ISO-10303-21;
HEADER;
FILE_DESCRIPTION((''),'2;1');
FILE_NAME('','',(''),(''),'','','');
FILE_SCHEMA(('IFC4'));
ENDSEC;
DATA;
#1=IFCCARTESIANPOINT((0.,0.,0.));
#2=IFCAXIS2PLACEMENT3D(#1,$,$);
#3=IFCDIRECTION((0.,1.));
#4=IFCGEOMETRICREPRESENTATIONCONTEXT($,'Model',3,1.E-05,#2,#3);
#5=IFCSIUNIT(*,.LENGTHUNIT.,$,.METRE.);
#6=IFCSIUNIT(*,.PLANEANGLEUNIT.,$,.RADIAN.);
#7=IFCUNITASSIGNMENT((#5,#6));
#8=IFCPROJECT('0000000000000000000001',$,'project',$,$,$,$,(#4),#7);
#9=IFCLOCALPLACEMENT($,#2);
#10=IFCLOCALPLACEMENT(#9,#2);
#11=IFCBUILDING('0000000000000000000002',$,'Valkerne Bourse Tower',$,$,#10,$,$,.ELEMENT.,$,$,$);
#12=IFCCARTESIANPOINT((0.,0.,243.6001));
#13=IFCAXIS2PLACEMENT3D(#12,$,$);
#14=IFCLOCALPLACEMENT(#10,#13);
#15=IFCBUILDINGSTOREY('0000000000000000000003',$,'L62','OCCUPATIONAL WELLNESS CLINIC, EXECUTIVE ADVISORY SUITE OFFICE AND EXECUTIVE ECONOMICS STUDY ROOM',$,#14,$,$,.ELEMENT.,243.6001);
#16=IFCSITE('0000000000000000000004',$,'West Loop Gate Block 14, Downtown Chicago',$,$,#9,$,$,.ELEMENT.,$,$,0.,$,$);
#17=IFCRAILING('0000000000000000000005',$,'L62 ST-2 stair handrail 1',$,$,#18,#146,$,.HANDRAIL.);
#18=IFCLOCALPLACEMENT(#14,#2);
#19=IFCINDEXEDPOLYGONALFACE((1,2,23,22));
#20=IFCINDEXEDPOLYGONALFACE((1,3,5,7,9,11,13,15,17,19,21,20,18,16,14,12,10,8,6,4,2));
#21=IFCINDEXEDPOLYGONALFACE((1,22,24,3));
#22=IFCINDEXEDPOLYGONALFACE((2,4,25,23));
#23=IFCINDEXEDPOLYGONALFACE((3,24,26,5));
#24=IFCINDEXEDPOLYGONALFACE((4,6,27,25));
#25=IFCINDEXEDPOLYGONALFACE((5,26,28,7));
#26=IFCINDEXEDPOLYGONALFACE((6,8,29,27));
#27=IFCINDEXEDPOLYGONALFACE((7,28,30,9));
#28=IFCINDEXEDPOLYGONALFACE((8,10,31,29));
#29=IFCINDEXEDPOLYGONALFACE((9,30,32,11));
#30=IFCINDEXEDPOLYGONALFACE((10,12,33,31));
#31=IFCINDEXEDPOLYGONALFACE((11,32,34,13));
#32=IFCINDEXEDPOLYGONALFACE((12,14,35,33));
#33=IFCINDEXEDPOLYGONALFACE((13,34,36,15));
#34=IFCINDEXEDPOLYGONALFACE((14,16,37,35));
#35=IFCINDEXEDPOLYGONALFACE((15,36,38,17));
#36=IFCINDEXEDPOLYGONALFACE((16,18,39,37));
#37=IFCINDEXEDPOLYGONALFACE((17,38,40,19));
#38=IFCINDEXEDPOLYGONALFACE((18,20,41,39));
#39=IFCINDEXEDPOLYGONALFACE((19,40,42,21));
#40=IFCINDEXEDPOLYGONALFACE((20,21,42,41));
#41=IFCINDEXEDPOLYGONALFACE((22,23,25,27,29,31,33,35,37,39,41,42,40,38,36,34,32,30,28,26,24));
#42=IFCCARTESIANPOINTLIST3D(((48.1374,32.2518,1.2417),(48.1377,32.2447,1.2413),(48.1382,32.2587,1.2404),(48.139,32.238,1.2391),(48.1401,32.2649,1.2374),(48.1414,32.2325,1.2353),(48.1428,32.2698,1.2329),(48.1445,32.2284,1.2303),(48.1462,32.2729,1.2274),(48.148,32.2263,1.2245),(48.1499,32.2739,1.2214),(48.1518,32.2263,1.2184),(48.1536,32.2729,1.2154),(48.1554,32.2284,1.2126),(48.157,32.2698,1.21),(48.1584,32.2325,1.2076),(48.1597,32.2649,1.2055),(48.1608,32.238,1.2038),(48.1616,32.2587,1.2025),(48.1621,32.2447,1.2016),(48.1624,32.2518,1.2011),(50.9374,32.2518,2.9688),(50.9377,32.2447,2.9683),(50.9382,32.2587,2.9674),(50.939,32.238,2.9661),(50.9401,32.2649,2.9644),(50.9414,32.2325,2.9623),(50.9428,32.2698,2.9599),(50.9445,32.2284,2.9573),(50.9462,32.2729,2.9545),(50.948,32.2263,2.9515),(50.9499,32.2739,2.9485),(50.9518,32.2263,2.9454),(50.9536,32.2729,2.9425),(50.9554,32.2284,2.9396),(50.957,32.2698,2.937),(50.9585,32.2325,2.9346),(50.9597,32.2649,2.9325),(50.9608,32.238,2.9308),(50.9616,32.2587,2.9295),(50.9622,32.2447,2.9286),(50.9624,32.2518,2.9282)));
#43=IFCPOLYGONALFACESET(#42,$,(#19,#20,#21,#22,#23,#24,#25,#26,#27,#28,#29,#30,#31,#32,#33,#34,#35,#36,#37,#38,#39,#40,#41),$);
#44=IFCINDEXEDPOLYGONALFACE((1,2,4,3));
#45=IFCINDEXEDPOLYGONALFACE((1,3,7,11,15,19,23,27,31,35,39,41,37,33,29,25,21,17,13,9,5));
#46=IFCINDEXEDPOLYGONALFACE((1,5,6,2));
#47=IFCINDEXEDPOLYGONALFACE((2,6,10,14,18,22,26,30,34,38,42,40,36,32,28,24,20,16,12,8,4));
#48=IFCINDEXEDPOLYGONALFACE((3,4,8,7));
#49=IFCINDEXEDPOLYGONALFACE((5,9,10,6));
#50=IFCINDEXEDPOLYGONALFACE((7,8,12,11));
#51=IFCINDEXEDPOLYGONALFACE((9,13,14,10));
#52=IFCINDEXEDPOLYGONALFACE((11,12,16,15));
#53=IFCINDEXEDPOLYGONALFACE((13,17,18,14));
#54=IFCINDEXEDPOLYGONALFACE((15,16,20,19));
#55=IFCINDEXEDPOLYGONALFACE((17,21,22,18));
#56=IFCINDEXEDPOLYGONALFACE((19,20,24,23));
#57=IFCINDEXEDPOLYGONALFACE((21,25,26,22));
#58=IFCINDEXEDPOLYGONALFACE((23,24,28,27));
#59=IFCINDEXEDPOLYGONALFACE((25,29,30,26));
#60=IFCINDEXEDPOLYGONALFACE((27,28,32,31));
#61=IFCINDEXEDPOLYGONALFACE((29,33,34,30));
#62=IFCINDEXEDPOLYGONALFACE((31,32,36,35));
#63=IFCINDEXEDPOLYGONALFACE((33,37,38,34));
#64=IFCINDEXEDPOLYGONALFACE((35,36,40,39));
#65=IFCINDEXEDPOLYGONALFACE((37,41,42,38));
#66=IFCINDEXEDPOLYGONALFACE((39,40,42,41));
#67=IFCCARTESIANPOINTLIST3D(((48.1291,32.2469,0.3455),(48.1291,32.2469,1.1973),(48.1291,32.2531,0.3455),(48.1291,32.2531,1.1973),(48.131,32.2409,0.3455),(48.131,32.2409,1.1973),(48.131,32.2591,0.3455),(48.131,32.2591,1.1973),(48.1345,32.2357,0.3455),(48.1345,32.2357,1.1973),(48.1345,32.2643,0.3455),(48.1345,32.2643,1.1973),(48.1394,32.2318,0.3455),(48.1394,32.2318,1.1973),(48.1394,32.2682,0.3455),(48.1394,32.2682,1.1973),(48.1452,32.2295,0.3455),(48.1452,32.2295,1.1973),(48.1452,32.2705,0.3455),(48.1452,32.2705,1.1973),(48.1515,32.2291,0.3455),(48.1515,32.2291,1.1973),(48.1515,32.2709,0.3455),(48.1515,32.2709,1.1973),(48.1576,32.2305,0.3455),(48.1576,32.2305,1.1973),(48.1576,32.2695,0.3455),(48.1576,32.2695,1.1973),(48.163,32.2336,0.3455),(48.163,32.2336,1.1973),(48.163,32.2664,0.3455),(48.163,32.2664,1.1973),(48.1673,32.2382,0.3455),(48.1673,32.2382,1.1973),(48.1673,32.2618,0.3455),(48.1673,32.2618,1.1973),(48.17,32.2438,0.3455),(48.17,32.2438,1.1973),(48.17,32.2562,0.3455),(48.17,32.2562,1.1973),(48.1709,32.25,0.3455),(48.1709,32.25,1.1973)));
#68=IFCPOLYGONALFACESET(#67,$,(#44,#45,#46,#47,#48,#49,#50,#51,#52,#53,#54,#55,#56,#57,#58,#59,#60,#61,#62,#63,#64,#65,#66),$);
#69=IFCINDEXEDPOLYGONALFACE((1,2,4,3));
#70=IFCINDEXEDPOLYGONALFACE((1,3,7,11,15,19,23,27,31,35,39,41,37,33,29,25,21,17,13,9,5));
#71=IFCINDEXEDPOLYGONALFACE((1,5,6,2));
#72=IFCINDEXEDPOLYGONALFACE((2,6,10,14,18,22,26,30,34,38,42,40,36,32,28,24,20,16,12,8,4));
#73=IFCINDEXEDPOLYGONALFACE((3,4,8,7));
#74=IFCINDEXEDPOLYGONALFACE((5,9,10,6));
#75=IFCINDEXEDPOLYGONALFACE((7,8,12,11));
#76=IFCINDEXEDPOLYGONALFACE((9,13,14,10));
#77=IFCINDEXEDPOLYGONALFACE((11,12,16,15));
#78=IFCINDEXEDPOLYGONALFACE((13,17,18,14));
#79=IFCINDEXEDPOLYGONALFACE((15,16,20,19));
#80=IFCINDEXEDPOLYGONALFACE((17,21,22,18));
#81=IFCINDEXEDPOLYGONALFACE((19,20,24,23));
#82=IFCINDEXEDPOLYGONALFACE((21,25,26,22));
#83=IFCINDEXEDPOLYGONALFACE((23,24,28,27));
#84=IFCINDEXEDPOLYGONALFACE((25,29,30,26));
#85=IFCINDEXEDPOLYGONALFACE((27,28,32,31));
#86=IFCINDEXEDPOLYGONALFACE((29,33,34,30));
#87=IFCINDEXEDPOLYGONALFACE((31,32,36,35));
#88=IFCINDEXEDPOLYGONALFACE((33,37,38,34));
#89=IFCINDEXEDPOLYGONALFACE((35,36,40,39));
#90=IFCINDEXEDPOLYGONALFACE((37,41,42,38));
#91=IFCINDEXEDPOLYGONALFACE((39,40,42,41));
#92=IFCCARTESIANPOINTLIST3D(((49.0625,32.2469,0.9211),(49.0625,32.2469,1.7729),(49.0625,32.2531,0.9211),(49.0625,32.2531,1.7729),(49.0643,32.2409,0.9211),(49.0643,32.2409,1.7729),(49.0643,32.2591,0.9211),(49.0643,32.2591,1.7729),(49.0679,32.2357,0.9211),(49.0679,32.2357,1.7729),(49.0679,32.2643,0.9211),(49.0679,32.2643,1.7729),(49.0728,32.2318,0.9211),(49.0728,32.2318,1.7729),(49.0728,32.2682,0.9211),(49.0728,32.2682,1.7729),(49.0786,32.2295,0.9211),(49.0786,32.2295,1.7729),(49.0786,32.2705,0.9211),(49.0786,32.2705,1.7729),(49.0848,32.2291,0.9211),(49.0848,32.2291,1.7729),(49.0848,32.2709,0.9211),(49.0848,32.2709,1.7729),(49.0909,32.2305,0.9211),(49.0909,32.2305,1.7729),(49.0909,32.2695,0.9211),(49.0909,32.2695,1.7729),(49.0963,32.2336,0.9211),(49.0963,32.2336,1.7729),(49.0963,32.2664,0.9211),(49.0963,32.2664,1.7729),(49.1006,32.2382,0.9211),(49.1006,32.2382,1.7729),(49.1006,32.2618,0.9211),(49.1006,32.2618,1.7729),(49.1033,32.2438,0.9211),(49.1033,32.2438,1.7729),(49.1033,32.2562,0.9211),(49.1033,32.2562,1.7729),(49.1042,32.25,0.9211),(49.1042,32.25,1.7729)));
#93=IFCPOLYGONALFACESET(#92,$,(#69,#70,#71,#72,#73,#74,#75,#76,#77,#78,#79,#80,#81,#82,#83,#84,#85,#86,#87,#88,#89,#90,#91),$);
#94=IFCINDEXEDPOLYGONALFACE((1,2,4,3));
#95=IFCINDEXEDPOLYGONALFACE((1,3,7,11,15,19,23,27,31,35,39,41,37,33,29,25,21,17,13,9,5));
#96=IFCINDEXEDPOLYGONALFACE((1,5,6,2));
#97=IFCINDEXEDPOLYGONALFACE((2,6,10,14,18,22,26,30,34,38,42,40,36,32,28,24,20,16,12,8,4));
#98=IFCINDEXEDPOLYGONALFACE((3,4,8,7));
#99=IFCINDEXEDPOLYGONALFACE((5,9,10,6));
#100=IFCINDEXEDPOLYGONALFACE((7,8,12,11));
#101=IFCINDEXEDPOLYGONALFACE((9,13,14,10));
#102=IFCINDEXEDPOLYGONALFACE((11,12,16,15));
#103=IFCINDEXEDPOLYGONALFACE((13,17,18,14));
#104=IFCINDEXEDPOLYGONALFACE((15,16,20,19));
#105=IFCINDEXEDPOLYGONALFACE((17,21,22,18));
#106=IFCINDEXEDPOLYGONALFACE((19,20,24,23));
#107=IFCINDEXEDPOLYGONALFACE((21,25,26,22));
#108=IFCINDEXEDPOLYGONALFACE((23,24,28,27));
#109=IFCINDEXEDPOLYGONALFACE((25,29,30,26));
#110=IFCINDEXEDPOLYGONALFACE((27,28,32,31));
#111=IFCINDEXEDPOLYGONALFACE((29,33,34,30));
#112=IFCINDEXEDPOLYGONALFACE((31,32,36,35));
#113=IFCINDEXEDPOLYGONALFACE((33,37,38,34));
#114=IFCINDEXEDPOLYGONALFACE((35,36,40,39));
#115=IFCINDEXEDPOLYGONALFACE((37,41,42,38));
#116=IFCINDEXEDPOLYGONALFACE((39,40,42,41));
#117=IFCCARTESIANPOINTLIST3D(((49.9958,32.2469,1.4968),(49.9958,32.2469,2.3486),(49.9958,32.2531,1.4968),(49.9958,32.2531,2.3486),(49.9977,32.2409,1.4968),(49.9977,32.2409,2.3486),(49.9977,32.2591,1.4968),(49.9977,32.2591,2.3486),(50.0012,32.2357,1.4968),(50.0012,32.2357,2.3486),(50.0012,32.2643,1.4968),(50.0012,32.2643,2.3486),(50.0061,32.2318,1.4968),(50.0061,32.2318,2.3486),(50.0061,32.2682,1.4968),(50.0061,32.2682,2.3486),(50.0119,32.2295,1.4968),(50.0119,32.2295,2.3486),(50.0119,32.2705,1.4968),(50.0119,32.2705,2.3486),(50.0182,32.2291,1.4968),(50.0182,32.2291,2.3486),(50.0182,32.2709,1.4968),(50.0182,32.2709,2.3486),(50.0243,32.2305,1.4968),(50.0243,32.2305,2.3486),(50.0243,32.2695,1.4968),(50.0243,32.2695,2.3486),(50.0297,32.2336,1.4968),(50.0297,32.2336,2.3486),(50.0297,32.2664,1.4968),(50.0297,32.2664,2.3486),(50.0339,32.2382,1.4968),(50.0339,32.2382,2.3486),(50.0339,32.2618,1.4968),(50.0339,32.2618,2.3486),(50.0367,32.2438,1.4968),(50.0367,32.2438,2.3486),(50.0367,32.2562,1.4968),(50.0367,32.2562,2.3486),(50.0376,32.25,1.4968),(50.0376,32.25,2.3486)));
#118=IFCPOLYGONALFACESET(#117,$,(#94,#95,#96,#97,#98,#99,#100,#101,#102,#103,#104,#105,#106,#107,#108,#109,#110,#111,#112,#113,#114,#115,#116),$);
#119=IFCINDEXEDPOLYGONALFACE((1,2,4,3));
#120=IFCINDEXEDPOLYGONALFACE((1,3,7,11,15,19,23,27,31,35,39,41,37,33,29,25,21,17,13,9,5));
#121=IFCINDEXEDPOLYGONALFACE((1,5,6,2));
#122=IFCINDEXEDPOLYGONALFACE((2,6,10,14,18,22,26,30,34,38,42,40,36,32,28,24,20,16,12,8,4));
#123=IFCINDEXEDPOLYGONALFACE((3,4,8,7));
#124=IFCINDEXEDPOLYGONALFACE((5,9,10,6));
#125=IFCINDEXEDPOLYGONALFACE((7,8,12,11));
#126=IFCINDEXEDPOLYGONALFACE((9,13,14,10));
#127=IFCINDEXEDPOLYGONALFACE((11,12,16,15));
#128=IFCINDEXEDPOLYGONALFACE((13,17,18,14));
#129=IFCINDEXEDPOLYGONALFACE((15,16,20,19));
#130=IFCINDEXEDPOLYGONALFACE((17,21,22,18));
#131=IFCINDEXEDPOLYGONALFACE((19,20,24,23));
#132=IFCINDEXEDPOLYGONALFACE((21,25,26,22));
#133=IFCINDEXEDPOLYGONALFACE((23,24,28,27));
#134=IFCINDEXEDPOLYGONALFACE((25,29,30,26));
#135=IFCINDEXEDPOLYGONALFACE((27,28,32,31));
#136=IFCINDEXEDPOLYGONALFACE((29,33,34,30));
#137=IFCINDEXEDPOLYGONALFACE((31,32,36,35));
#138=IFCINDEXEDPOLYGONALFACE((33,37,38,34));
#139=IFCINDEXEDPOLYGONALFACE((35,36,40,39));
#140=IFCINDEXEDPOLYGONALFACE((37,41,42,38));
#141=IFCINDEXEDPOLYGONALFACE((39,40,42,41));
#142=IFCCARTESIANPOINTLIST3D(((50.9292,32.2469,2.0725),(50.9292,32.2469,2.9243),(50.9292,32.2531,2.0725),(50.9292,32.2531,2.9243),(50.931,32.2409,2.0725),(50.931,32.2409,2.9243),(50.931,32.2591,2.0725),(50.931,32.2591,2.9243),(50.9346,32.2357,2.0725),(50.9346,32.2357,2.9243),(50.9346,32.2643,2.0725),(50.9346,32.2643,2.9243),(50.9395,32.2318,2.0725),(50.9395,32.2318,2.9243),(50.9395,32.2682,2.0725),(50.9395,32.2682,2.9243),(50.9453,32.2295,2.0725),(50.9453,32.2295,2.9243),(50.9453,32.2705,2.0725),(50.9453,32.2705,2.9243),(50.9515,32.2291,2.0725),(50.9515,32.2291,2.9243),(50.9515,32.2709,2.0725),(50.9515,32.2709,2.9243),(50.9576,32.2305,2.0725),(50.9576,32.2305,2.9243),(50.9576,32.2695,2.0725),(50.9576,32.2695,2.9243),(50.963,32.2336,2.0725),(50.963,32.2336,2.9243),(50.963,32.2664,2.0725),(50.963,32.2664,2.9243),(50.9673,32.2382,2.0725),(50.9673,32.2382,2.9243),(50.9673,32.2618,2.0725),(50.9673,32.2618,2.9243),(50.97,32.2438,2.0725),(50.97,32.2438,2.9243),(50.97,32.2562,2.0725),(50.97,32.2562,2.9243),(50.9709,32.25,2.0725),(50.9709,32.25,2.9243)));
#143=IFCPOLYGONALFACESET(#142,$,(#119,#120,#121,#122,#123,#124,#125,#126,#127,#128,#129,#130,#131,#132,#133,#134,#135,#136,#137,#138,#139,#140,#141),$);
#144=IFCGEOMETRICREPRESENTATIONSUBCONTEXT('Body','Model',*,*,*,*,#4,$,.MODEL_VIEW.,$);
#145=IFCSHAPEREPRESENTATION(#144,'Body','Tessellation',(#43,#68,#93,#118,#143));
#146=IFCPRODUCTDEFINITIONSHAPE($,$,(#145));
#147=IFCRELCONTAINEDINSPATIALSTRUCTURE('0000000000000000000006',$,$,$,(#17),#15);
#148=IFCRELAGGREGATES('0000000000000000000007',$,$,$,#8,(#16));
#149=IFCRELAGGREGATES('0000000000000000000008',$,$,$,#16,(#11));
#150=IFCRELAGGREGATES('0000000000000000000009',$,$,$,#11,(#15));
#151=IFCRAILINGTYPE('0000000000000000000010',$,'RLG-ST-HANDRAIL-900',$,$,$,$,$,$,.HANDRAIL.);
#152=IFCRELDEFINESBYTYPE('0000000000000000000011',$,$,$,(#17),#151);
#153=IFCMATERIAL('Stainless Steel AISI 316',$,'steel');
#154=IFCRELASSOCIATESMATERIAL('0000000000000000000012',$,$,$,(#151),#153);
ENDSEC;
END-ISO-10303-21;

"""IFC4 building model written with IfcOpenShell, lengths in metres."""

from ifc_helpers import new_model, si_unit, direction, frame, origin, origin_2d, place, context, subcontext, project, spatial, circle, extrude, material, type_object, element, save


model = new_model("IFC4")

# Units and contexts
model_context = context("Model", 3, precision=1e-05, world=origin(), true_north=direction((0.0, 1.0)))
body_context = subcontext(model_context, "Body", "Model", "MODEL_VIEW")
ifc_project = project(units=[si_unit("LENGTHUNIT", "METRE"), si_unit("PLANEANGLEUNIT", "RADIAN")], contexts=[model_context])

# Site, building, storey
site_placement = place(None, origin())
site = spatial("IfcSite", under=ifc_project, at=site_placement, Name="West Loop Gate Block 14, Downtown Chicago", CompositionType="ELEMENT", RefElevation=0.0)
building_placement = place(site_placement, origin())
building = spatial("IfcBuilding", under=site, at=building_placement, Name="Valkerne Bourse Tower", CompositionType="ELEMENT")
storey_placement = place(building_placement, frame((0.0, 0.0, 243.6001)))
storey = spatial("IfcBuildingStorey", under=building, at=storey_placement, Name="L62", Description="OCCUPATIONAL WELLNESS CLINIC, EXECUTIVE ADVISORY SUITE OFFICE AND EXECUTIVE ECONOMICS STUDY ROOM", CompositionType="ELEMENT", Elevation=243.6001)

# Shared definitions
ifc_material_1 = material(Name="Stainless Steel AISI 316", Category="steel")

# Railing
railing_type_1 = type_object("IfcRailingType", Name="RLG-ST-HANDRAIL-900", PredefinedType="HANDRAIL", material=ifc_material_1)
railing_1_placement = place(storey_placement, frame((48.1499, 32.25, 0.3455)))
element("IfcRailing", 1, at=railing_1_placement, inside=storey, type_object=railing_type_1, Name="L62 ST-2 stair handrail 1", PredefinedType="HANDRAIL", context=body_context, shape_type="SweptSolid", body=[
    extrude(circle(Radius=0.0239, at=origin_2d()), frame((0.0, 0.0, 0.876), z_axis=(0.851123, 0.0, 0.524967), x_axis=(0.0, 1.0, 0.0)), (0.0, 0.0, 1.0), 3.2898),
    extrude(circle(Radius=0.021, at=origin_2d()), origin(), (0.0, 0.0, 1.0), 0.8518),
    extrude(circle(Radius=0.021, at=origin_2d()), frame((0.9333, 0.0, 0.5757)), (0.0, 0.0, 1.0), 0.8518),
    extrude(circle(Radius=0.021, at=origin_2d()), frame((1.8667, 0.0, 1.1514)), (0.0, 0.0, 1.0), 0.8518),
    extrude(circle(Radius=0.021, at=origin_2d()), frame((2.8, 0.0, 1.7271)), (0.0, 0.0, 1.0), 0.8518),
])

save(model, "model.ifc")
